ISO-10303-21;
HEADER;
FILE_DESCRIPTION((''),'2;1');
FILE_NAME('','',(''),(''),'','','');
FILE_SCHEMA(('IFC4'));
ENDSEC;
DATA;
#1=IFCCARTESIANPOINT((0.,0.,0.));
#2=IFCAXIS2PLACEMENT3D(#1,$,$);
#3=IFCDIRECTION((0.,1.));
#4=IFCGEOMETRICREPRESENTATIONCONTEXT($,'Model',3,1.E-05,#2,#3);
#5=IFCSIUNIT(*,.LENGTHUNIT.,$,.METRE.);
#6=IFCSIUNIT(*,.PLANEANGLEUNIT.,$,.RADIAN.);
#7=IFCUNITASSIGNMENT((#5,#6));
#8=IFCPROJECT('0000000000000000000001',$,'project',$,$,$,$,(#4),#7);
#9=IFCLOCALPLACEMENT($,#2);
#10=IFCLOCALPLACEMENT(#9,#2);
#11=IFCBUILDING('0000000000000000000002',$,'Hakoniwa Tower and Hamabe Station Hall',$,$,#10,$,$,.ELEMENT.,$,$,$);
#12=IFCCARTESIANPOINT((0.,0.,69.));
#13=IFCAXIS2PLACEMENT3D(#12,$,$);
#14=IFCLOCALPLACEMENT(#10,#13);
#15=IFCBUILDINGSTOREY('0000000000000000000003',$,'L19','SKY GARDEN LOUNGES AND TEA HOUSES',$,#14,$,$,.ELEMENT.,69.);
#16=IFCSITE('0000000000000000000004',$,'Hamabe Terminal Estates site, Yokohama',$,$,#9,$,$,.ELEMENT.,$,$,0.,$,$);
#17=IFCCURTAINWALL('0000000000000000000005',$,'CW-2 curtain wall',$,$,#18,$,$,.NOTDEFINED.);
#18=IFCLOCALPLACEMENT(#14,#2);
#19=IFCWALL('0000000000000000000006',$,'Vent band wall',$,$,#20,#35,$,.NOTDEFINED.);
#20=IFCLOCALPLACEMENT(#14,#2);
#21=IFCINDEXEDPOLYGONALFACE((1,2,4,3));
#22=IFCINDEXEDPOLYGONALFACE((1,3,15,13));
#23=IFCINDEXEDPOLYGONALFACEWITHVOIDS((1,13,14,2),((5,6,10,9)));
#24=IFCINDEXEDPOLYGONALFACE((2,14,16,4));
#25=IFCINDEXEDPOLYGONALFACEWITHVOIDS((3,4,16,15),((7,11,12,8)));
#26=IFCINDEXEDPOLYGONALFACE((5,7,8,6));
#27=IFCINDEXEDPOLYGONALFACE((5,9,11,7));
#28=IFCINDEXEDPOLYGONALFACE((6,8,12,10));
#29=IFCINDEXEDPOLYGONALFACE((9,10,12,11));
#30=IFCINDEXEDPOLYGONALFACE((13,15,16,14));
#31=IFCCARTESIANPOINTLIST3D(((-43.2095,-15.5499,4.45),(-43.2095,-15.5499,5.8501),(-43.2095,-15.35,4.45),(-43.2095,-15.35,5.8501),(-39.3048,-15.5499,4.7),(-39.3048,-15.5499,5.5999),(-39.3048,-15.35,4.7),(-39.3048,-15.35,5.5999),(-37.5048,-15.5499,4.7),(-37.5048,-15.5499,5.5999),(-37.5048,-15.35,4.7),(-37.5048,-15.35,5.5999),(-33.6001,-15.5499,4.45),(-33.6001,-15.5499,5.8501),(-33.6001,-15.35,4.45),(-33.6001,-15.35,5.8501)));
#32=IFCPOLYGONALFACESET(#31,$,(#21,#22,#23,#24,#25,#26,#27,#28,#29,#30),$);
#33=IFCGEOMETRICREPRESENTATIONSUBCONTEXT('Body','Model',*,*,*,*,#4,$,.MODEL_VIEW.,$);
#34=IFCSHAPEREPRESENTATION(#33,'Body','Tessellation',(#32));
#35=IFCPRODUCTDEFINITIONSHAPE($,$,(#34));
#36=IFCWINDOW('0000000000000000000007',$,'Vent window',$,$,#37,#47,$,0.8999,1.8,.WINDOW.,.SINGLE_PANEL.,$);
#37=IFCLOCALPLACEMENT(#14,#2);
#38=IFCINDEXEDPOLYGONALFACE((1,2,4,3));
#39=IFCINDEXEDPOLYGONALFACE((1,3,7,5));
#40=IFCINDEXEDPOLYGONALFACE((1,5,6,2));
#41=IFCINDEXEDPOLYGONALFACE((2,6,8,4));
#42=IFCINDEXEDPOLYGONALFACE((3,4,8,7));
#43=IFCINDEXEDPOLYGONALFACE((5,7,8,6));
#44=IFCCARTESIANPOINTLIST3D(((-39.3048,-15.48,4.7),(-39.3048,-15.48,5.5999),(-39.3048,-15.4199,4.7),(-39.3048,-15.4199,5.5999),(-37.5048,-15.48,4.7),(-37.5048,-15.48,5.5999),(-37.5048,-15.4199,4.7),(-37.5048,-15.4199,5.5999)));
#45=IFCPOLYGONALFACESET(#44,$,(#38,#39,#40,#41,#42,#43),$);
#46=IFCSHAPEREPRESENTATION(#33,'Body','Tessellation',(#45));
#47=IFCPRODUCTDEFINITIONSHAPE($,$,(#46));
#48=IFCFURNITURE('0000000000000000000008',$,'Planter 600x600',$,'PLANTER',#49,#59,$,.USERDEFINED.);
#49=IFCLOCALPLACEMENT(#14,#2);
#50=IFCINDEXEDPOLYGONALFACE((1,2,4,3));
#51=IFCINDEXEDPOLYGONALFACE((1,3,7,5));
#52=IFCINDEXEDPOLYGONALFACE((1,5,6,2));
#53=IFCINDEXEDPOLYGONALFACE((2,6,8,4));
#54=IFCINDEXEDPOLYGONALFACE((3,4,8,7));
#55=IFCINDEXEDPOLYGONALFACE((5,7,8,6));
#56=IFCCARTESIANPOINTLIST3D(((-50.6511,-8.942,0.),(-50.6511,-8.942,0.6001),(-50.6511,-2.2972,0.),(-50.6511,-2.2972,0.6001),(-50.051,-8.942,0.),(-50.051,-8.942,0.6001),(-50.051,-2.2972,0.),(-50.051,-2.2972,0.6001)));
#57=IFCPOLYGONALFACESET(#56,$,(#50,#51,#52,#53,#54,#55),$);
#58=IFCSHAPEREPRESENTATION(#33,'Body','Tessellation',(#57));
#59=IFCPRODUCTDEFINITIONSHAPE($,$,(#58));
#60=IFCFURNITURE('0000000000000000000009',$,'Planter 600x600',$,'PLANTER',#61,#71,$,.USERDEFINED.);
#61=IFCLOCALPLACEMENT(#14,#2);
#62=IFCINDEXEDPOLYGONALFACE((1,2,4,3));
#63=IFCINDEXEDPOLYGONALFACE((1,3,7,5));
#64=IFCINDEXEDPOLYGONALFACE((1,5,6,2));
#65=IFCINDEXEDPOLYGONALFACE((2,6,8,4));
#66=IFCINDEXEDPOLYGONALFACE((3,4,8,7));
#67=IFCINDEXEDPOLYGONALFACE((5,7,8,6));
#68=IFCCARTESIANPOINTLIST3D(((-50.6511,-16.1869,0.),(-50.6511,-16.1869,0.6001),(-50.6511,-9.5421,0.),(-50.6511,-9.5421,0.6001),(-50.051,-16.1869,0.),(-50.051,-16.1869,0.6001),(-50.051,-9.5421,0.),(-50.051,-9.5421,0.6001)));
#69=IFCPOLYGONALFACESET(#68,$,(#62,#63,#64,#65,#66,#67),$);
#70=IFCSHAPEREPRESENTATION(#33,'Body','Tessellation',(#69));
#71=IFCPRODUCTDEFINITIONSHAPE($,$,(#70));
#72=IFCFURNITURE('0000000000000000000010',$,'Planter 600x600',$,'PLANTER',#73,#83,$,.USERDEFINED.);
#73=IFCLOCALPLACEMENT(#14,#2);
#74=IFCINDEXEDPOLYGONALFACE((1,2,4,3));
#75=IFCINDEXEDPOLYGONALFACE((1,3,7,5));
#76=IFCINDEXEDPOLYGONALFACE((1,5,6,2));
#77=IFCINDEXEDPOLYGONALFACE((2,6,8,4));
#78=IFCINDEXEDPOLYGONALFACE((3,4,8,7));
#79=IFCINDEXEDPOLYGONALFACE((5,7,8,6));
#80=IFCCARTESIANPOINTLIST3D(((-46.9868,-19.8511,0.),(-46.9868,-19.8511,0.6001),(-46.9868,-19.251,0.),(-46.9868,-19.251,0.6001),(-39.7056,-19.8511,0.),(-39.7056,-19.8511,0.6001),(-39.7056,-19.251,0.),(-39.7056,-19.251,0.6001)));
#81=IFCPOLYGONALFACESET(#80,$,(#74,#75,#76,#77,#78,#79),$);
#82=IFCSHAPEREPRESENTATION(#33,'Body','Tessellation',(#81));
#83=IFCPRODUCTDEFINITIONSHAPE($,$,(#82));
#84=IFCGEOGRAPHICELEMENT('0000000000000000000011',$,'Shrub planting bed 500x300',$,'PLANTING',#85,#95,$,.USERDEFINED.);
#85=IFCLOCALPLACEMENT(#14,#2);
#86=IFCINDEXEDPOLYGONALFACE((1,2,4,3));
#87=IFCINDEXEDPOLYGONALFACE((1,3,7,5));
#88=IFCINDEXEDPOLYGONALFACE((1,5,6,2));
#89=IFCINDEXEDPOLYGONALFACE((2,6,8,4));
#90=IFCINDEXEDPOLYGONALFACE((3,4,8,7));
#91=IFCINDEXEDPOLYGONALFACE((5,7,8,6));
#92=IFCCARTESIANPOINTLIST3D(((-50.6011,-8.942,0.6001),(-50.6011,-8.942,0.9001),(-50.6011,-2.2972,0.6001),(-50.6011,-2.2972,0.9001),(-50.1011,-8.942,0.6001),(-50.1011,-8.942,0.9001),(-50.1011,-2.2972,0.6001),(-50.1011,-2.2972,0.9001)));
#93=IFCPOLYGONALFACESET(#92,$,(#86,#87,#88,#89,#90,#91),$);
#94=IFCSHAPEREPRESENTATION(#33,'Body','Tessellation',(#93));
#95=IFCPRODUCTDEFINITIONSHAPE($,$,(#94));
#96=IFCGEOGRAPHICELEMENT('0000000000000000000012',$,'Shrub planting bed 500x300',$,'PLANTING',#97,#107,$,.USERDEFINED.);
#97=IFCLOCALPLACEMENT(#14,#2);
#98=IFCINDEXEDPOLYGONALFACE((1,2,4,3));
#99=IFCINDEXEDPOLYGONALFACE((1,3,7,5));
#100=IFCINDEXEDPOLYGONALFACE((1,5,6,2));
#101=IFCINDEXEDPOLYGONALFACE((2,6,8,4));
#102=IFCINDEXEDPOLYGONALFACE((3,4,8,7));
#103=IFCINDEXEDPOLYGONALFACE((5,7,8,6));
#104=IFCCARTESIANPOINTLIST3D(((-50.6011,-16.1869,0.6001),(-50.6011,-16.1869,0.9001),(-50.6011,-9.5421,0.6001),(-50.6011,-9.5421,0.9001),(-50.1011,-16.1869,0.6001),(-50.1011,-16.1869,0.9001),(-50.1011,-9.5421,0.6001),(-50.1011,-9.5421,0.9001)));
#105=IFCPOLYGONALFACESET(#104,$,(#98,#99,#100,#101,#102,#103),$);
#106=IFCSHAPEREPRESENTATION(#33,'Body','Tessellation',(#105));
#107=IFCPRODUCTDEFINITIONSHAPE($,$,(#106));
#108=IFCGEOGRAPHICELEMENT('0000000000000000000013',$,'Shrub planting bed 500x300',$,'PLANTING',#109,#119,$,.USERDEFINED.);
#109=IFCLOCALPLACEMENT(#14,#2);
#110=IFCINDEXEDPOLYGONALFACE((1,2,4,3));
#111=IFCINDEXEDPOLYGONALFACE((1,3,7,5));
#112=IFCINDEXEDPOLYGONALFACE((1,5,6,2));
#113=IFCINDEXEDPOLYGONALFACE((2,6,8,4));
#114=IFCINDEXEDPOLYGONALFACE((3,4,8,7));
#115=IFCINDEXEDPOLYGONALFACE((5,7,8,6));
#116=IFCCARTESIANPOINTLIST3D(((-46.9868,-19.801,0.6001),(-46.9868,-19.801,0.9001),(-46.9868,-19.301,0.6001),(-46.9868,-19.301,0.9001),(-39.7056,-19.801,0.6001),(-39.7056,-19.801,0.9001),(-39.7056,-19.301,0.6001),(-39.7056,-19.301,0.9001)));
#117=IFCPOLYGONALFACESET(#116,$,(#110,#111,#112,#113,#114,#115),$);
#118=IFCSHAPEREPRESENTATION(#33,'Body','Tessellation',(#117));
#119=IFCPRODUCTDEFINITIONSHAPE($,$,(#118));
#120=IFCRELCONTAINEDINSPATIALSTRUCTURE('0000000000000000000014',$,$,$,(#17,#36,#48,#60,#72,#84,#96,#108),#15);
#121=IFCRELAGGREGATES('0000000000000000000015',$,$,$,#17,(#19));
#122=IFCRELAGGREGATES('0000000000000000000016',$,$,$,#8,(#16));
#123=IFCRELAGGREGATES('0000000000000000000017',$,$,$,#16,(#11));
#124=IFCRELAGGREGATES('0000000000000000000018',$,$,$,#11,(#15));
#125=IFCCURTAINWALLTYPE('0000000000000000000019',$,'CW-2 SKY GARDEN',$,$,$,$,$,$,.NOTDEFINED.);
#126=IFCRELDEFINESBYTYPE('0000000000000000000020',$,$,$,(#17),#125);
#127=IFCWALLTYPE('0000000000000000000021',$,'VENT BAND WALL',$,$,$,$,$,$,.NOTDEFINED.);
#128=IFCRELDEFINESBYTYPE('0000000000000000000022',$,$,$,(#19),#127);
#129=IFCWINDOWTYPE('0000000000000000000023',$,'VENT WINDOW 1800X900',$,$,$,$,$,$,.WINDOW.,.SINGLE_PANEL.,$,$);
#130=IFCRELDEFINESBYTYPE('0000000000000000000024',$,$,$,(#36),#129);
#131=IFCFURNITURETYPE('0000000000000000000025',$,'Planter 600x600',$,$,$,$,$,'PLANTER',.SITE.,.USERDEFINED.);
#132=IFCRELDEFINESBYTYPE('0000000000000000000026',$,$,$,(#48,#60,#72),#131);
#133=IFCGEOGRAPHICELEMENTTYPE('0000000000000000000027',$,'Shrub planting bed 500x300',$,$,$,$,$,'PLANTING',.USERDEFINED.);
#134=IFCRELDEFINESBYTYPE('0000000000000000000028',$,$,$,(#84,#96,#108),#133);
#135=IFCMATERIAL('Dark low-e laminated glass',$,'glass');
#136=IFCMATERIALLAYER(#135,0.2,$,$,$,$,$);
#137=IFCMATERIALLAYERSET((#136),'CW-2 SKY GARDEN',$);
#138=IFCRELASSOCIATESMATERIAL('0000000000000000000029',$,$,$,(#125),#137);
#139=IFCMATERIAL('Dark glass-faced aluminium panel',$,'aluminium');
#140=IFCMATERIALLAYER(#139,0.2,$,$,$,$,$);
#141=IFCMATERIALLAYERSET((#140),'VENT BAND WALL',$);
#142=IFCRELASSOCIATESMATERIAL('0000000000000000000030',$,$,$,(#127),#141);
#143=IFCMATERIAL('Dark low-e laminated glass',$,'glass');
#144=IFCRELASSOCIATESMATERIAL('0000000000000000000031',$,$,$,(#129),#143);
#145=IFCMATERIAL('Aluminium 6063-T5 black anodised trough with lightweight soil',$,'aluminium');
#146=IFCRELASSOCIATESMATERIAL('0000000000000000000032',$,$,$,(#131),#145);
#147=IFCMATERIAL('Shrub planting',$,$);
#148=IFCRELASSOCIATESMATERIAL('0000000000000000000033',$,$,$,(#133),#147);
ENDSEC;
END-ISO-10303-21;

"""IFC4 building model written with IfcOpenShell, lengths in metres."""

from ifc_helpers import new_model, si_unit, direction, frame, frame_2d, origin, origin_2d, place, context, subcontext, project, spatial, rectangle, extrude, material, layer, layer_set, type_object, element, fill, aggregate, save


model = new_model("IFC4")

# Units and contexts
model_context = context("Model", 3, precision=1e-05, world=origin(), true_north=direction((0.0, 1.0)))
body_context = subcontext(model_context, "Body", "Model", "MODEL_VIEW")
ifc_project = project(units=[si_unit("LENGTHUNIT", "METRE"), si_unit("PLANEANGLEUNIT", "RADIAN")], contexts=[model_context])

# Site, building, storey
site_placement = place(None, origin())
site = spatial("IfcSite", under=ifc_project, at=site_placement, Name="Hamabe Terminal Estates site, Yokohama", CompositionType="ELEMENT", RefElevation=0.0)
building_placement = place(site_placement, origin())
building = spatial("IfcBuilding", under=site, at=building_placement, Name="Hakoniwa Tower and Hamabe Station Hall", CompositionType="ELEMENT")
storey_placement = place(building_placement, frame((0.0, 0.0, 69.0)))
storey = spatial("IfcBuildingStorey", under=building, at=storey_placement, Name="L19", Description="SKY GARDEN LOUNGES AND TEA HOUSES", CompositionType="ELEMENT", Elevation=69.0)

# Curtain wall
ifc_material_1 = material(Name="Dark low-e laminated glass", Category="glass")
ifc_layer_1 = layer(ifc_material_1, 0.2)
ifc_layer_set_1 = layer_set([ifc_layer_1], Name="CW-2 SKY GARDEN")
curtain_wall_type = type_object("IfcCurtainWallType", Name="CW-2 SKY GARDEN", PredefinedType="NOTDEFINED", material=ifc_layer_set_1)
curtain_wall_1_placement = place(storey_placement, origin())
curtain_wall_1 = element("IfcCurtainWall", 1, at=curtain_wall_1_placement, inside=storey, type_object=curtain_wall_type, Name="CW-2 curtain wall", PredefinedType="NOTDEFINED")

# Shared definitions
ifc_material_2 = material(Name="Dark glass-faced aluminium panel", Category="aluminium")
ifc_layer_2 = layer(ifc_material_2, 0.2)
ifc_layer_set_2 = layer_set([ifc_layer_2], Name="VENT BAND WALL")
wall_type_1 = type_object("IfcWallType", Name="VENT BAND WALL", PredefinedType="NOTDEFINED", material=ifc_layer_set_2)
ifc_material_3 = material(Name="Dark low-e laminated glass", Category="glass")
window_type = type_object("IfcWindowType", Name="VENT WINDOW 1800X900", PartitioningType="SINGLE_PANEL", PredefinedType="WINDOW", material=ifc_material_3)

# Wall, opening, window
wall_1_placement = place(storey_placement, frame((-43.2095, -15.45, 4.45), z_axis=(0.0, 0.0, 1.0), x_axis=(1.0, 0.0, 0.0)))
wall_1 = element("IfcWall", 2, at=wall_1_placement, type_object=wall_type_1, Name="Vent band wall", PredefinedType="NOTDEFINED", context=body_context, shape_type="SweptSolid", body=[
    extrude(rectangle(XDim=9.6094, YDim=0.2, at=frame_2d((4.8047, 0.0))), origin(), (0.0, 0.0, 1.0), 1.4001),
])
opening_1_placement = place(wall_1_placement, frame((3.9048, 0.0, 0.25)))
opening_1 = element("IfcOpeningElement", 3, at=opening_1_placement, cuts=wall_1, PredefinedType="OPENING", context=body_context, shape_type="SweptSolid", body=[
    extrude(rectangle(XDim=1.8, YDim=0.8999, at=frame_2d((0.8999, 0.45))), frame((0.0, 0.1099, 0.0), z_axis=(0.0, -1.0, 0.0), x_axis=(1.0, 0.0, 0.0)), (0.0, 0.0, 1.0), 0.22),
])
window_1_placement = place(opening_1_placement, origin())
window_1 = element("IfcWindow", 4, at=window_1_placement, inside=storey, type_object=window_type, Name="Vent window", OverallHeight=0.8999, OverallWidth=1.8, PartitioningType="SINGLE_PANEL", PredefinedType="WINDOW", context=body_context, shape_type="SweptSolid", body=[
    extrude(rectangle(XDim=1.8, YDim=0.8999, at=frame_2d((0.8999, 0.45))), frame((0.0, 0.03, 0.0), z_axis=(0.0, -1.0, 0.0), x_axis=(1.0, 0.0, 0.0)), (0.0, 0.0, 1.0), 0.0601),
])
fill(opening_1, window_1)
aggregate(curtain_wall_1, [wall_1])

# Furniture
ifc_material_4 = material(Name="Aluminium 6063-T5 black anodised trough with lightweight soil", Category="aluminium")
furniture_type = type_object("IfcFurnitureType", Name="Planter 600x600", ElementType="PLANTER", AssemblyPlace="SITE", PredefinedType="USERDEFINED", material=ifc_material_4)
for number, where, z_axis, x_axis, name in (
    (5, (-50.3511, -5.6196, 0.0), (0.0, 0.0, 1.0), (0.0, -1.0, 0.0), "Planter 600x600"),
    (6, (-50.3511, -12.8645, 0.0), (0.0, 0.0, 1.0), (0.0, -1.0, 0.0), "Planter 600x600"),
):
    element("IfcFurniture", number, at=place(storey_placement, frame(where, z_axis=z_axis, x_axis=x_axis)), inside=storey, type_object=furniture_type, Name=name, ObjectType="PLANTER", PredefinedType="USERDEFINED", context=body_context, shape_type="SweptSolid", body=[
        extrude(rectangle(XDim=6.6448, YDim=0.6001, at=origin_2d()), origin(), (0.0, 0.0, 1.0), 0.6001),
    ])
furniture_placement = place(storey_placement, frame((-43.3462, -19.551, 0.0), z_axis=(0.0, 0.0, 1.0), x_axis=(1.0, 0.0, 0.0)))
element("IfcFurniture", 7, at=furniture_placement, inside=storey, type_object=furniture_type, Name="Planter 600x600", ObjectType="PLANTER", PredefinedType="USERDEFINED", context=body_context, shape_type="SweptSolid", body=[
    extrude(rectangle(XDim=7.2812, YDim=0.6001, at=origin_2d()), origin(), (0.0, 0.0, 1.0), 0.6001),
])

# Geographic elements
ifc_material_5 = material(Name="Shrub planting")
geographic_element_type = type_object("IfcGeographicElementType", Name="Shrub planting bed 500x300", ElementType="PLANTING", PredefinedType="USERDEFINED", material=ifc_material_5)
for number, where, z_axis, x_axis, name in (
    (8, (-50.3511, -5.6196, 0.6001), (0.0, 0.0, 1.0), (0.0, -1.0, 0.0), "Shrub planting bed 500x300"),
    (9, (-50.3511, -12.8645, 0.6001), (0.0, 0.0, 1.0), (0.0, -1.0, 0.0), "Shrub planting bed 500x300"),
):
    element("IfcGeographicElement", number, at=place(storey_placement, frame(where, z_axis=z_axis, x_axis=x_axis)), inside=storey, type_object=geographic_element_type, Name=name, ObjectType="PLANTING", PredefinedType="USERDEFINED", context=body_context, shape_type="SweptSolid", body=[
        extrude(rectangle(XDim=6.6448, YDim=0.5, at=origin_2d()), origin(), (0.0, 0.0, 1.0), 0.3),
    ])
geographic_element_placement = place(storey_placement, frame((-43.3462, -19.551, 0.6001), z_axis=(0.0, 0.0, 1.0), x_axis=(1.0, 0.0, 0.0)))
element("IfcGeographicElement", 10, at=geographic_element_placement, inside=storey, type_object=geographic_element_type, Name="Shrub planting bed 500x300", ObjectType="PLANTING", PredefinedType="USERDEFINED", context=body_context, shape_type="SweptSolid", body=[
    extrude(rectangle(XDim=7.2812, YDim=0.5, at=origin_2d()), origin(), (0.0, 0.0, 1.0), 0.3),
])

save(model, "model.ifc")
